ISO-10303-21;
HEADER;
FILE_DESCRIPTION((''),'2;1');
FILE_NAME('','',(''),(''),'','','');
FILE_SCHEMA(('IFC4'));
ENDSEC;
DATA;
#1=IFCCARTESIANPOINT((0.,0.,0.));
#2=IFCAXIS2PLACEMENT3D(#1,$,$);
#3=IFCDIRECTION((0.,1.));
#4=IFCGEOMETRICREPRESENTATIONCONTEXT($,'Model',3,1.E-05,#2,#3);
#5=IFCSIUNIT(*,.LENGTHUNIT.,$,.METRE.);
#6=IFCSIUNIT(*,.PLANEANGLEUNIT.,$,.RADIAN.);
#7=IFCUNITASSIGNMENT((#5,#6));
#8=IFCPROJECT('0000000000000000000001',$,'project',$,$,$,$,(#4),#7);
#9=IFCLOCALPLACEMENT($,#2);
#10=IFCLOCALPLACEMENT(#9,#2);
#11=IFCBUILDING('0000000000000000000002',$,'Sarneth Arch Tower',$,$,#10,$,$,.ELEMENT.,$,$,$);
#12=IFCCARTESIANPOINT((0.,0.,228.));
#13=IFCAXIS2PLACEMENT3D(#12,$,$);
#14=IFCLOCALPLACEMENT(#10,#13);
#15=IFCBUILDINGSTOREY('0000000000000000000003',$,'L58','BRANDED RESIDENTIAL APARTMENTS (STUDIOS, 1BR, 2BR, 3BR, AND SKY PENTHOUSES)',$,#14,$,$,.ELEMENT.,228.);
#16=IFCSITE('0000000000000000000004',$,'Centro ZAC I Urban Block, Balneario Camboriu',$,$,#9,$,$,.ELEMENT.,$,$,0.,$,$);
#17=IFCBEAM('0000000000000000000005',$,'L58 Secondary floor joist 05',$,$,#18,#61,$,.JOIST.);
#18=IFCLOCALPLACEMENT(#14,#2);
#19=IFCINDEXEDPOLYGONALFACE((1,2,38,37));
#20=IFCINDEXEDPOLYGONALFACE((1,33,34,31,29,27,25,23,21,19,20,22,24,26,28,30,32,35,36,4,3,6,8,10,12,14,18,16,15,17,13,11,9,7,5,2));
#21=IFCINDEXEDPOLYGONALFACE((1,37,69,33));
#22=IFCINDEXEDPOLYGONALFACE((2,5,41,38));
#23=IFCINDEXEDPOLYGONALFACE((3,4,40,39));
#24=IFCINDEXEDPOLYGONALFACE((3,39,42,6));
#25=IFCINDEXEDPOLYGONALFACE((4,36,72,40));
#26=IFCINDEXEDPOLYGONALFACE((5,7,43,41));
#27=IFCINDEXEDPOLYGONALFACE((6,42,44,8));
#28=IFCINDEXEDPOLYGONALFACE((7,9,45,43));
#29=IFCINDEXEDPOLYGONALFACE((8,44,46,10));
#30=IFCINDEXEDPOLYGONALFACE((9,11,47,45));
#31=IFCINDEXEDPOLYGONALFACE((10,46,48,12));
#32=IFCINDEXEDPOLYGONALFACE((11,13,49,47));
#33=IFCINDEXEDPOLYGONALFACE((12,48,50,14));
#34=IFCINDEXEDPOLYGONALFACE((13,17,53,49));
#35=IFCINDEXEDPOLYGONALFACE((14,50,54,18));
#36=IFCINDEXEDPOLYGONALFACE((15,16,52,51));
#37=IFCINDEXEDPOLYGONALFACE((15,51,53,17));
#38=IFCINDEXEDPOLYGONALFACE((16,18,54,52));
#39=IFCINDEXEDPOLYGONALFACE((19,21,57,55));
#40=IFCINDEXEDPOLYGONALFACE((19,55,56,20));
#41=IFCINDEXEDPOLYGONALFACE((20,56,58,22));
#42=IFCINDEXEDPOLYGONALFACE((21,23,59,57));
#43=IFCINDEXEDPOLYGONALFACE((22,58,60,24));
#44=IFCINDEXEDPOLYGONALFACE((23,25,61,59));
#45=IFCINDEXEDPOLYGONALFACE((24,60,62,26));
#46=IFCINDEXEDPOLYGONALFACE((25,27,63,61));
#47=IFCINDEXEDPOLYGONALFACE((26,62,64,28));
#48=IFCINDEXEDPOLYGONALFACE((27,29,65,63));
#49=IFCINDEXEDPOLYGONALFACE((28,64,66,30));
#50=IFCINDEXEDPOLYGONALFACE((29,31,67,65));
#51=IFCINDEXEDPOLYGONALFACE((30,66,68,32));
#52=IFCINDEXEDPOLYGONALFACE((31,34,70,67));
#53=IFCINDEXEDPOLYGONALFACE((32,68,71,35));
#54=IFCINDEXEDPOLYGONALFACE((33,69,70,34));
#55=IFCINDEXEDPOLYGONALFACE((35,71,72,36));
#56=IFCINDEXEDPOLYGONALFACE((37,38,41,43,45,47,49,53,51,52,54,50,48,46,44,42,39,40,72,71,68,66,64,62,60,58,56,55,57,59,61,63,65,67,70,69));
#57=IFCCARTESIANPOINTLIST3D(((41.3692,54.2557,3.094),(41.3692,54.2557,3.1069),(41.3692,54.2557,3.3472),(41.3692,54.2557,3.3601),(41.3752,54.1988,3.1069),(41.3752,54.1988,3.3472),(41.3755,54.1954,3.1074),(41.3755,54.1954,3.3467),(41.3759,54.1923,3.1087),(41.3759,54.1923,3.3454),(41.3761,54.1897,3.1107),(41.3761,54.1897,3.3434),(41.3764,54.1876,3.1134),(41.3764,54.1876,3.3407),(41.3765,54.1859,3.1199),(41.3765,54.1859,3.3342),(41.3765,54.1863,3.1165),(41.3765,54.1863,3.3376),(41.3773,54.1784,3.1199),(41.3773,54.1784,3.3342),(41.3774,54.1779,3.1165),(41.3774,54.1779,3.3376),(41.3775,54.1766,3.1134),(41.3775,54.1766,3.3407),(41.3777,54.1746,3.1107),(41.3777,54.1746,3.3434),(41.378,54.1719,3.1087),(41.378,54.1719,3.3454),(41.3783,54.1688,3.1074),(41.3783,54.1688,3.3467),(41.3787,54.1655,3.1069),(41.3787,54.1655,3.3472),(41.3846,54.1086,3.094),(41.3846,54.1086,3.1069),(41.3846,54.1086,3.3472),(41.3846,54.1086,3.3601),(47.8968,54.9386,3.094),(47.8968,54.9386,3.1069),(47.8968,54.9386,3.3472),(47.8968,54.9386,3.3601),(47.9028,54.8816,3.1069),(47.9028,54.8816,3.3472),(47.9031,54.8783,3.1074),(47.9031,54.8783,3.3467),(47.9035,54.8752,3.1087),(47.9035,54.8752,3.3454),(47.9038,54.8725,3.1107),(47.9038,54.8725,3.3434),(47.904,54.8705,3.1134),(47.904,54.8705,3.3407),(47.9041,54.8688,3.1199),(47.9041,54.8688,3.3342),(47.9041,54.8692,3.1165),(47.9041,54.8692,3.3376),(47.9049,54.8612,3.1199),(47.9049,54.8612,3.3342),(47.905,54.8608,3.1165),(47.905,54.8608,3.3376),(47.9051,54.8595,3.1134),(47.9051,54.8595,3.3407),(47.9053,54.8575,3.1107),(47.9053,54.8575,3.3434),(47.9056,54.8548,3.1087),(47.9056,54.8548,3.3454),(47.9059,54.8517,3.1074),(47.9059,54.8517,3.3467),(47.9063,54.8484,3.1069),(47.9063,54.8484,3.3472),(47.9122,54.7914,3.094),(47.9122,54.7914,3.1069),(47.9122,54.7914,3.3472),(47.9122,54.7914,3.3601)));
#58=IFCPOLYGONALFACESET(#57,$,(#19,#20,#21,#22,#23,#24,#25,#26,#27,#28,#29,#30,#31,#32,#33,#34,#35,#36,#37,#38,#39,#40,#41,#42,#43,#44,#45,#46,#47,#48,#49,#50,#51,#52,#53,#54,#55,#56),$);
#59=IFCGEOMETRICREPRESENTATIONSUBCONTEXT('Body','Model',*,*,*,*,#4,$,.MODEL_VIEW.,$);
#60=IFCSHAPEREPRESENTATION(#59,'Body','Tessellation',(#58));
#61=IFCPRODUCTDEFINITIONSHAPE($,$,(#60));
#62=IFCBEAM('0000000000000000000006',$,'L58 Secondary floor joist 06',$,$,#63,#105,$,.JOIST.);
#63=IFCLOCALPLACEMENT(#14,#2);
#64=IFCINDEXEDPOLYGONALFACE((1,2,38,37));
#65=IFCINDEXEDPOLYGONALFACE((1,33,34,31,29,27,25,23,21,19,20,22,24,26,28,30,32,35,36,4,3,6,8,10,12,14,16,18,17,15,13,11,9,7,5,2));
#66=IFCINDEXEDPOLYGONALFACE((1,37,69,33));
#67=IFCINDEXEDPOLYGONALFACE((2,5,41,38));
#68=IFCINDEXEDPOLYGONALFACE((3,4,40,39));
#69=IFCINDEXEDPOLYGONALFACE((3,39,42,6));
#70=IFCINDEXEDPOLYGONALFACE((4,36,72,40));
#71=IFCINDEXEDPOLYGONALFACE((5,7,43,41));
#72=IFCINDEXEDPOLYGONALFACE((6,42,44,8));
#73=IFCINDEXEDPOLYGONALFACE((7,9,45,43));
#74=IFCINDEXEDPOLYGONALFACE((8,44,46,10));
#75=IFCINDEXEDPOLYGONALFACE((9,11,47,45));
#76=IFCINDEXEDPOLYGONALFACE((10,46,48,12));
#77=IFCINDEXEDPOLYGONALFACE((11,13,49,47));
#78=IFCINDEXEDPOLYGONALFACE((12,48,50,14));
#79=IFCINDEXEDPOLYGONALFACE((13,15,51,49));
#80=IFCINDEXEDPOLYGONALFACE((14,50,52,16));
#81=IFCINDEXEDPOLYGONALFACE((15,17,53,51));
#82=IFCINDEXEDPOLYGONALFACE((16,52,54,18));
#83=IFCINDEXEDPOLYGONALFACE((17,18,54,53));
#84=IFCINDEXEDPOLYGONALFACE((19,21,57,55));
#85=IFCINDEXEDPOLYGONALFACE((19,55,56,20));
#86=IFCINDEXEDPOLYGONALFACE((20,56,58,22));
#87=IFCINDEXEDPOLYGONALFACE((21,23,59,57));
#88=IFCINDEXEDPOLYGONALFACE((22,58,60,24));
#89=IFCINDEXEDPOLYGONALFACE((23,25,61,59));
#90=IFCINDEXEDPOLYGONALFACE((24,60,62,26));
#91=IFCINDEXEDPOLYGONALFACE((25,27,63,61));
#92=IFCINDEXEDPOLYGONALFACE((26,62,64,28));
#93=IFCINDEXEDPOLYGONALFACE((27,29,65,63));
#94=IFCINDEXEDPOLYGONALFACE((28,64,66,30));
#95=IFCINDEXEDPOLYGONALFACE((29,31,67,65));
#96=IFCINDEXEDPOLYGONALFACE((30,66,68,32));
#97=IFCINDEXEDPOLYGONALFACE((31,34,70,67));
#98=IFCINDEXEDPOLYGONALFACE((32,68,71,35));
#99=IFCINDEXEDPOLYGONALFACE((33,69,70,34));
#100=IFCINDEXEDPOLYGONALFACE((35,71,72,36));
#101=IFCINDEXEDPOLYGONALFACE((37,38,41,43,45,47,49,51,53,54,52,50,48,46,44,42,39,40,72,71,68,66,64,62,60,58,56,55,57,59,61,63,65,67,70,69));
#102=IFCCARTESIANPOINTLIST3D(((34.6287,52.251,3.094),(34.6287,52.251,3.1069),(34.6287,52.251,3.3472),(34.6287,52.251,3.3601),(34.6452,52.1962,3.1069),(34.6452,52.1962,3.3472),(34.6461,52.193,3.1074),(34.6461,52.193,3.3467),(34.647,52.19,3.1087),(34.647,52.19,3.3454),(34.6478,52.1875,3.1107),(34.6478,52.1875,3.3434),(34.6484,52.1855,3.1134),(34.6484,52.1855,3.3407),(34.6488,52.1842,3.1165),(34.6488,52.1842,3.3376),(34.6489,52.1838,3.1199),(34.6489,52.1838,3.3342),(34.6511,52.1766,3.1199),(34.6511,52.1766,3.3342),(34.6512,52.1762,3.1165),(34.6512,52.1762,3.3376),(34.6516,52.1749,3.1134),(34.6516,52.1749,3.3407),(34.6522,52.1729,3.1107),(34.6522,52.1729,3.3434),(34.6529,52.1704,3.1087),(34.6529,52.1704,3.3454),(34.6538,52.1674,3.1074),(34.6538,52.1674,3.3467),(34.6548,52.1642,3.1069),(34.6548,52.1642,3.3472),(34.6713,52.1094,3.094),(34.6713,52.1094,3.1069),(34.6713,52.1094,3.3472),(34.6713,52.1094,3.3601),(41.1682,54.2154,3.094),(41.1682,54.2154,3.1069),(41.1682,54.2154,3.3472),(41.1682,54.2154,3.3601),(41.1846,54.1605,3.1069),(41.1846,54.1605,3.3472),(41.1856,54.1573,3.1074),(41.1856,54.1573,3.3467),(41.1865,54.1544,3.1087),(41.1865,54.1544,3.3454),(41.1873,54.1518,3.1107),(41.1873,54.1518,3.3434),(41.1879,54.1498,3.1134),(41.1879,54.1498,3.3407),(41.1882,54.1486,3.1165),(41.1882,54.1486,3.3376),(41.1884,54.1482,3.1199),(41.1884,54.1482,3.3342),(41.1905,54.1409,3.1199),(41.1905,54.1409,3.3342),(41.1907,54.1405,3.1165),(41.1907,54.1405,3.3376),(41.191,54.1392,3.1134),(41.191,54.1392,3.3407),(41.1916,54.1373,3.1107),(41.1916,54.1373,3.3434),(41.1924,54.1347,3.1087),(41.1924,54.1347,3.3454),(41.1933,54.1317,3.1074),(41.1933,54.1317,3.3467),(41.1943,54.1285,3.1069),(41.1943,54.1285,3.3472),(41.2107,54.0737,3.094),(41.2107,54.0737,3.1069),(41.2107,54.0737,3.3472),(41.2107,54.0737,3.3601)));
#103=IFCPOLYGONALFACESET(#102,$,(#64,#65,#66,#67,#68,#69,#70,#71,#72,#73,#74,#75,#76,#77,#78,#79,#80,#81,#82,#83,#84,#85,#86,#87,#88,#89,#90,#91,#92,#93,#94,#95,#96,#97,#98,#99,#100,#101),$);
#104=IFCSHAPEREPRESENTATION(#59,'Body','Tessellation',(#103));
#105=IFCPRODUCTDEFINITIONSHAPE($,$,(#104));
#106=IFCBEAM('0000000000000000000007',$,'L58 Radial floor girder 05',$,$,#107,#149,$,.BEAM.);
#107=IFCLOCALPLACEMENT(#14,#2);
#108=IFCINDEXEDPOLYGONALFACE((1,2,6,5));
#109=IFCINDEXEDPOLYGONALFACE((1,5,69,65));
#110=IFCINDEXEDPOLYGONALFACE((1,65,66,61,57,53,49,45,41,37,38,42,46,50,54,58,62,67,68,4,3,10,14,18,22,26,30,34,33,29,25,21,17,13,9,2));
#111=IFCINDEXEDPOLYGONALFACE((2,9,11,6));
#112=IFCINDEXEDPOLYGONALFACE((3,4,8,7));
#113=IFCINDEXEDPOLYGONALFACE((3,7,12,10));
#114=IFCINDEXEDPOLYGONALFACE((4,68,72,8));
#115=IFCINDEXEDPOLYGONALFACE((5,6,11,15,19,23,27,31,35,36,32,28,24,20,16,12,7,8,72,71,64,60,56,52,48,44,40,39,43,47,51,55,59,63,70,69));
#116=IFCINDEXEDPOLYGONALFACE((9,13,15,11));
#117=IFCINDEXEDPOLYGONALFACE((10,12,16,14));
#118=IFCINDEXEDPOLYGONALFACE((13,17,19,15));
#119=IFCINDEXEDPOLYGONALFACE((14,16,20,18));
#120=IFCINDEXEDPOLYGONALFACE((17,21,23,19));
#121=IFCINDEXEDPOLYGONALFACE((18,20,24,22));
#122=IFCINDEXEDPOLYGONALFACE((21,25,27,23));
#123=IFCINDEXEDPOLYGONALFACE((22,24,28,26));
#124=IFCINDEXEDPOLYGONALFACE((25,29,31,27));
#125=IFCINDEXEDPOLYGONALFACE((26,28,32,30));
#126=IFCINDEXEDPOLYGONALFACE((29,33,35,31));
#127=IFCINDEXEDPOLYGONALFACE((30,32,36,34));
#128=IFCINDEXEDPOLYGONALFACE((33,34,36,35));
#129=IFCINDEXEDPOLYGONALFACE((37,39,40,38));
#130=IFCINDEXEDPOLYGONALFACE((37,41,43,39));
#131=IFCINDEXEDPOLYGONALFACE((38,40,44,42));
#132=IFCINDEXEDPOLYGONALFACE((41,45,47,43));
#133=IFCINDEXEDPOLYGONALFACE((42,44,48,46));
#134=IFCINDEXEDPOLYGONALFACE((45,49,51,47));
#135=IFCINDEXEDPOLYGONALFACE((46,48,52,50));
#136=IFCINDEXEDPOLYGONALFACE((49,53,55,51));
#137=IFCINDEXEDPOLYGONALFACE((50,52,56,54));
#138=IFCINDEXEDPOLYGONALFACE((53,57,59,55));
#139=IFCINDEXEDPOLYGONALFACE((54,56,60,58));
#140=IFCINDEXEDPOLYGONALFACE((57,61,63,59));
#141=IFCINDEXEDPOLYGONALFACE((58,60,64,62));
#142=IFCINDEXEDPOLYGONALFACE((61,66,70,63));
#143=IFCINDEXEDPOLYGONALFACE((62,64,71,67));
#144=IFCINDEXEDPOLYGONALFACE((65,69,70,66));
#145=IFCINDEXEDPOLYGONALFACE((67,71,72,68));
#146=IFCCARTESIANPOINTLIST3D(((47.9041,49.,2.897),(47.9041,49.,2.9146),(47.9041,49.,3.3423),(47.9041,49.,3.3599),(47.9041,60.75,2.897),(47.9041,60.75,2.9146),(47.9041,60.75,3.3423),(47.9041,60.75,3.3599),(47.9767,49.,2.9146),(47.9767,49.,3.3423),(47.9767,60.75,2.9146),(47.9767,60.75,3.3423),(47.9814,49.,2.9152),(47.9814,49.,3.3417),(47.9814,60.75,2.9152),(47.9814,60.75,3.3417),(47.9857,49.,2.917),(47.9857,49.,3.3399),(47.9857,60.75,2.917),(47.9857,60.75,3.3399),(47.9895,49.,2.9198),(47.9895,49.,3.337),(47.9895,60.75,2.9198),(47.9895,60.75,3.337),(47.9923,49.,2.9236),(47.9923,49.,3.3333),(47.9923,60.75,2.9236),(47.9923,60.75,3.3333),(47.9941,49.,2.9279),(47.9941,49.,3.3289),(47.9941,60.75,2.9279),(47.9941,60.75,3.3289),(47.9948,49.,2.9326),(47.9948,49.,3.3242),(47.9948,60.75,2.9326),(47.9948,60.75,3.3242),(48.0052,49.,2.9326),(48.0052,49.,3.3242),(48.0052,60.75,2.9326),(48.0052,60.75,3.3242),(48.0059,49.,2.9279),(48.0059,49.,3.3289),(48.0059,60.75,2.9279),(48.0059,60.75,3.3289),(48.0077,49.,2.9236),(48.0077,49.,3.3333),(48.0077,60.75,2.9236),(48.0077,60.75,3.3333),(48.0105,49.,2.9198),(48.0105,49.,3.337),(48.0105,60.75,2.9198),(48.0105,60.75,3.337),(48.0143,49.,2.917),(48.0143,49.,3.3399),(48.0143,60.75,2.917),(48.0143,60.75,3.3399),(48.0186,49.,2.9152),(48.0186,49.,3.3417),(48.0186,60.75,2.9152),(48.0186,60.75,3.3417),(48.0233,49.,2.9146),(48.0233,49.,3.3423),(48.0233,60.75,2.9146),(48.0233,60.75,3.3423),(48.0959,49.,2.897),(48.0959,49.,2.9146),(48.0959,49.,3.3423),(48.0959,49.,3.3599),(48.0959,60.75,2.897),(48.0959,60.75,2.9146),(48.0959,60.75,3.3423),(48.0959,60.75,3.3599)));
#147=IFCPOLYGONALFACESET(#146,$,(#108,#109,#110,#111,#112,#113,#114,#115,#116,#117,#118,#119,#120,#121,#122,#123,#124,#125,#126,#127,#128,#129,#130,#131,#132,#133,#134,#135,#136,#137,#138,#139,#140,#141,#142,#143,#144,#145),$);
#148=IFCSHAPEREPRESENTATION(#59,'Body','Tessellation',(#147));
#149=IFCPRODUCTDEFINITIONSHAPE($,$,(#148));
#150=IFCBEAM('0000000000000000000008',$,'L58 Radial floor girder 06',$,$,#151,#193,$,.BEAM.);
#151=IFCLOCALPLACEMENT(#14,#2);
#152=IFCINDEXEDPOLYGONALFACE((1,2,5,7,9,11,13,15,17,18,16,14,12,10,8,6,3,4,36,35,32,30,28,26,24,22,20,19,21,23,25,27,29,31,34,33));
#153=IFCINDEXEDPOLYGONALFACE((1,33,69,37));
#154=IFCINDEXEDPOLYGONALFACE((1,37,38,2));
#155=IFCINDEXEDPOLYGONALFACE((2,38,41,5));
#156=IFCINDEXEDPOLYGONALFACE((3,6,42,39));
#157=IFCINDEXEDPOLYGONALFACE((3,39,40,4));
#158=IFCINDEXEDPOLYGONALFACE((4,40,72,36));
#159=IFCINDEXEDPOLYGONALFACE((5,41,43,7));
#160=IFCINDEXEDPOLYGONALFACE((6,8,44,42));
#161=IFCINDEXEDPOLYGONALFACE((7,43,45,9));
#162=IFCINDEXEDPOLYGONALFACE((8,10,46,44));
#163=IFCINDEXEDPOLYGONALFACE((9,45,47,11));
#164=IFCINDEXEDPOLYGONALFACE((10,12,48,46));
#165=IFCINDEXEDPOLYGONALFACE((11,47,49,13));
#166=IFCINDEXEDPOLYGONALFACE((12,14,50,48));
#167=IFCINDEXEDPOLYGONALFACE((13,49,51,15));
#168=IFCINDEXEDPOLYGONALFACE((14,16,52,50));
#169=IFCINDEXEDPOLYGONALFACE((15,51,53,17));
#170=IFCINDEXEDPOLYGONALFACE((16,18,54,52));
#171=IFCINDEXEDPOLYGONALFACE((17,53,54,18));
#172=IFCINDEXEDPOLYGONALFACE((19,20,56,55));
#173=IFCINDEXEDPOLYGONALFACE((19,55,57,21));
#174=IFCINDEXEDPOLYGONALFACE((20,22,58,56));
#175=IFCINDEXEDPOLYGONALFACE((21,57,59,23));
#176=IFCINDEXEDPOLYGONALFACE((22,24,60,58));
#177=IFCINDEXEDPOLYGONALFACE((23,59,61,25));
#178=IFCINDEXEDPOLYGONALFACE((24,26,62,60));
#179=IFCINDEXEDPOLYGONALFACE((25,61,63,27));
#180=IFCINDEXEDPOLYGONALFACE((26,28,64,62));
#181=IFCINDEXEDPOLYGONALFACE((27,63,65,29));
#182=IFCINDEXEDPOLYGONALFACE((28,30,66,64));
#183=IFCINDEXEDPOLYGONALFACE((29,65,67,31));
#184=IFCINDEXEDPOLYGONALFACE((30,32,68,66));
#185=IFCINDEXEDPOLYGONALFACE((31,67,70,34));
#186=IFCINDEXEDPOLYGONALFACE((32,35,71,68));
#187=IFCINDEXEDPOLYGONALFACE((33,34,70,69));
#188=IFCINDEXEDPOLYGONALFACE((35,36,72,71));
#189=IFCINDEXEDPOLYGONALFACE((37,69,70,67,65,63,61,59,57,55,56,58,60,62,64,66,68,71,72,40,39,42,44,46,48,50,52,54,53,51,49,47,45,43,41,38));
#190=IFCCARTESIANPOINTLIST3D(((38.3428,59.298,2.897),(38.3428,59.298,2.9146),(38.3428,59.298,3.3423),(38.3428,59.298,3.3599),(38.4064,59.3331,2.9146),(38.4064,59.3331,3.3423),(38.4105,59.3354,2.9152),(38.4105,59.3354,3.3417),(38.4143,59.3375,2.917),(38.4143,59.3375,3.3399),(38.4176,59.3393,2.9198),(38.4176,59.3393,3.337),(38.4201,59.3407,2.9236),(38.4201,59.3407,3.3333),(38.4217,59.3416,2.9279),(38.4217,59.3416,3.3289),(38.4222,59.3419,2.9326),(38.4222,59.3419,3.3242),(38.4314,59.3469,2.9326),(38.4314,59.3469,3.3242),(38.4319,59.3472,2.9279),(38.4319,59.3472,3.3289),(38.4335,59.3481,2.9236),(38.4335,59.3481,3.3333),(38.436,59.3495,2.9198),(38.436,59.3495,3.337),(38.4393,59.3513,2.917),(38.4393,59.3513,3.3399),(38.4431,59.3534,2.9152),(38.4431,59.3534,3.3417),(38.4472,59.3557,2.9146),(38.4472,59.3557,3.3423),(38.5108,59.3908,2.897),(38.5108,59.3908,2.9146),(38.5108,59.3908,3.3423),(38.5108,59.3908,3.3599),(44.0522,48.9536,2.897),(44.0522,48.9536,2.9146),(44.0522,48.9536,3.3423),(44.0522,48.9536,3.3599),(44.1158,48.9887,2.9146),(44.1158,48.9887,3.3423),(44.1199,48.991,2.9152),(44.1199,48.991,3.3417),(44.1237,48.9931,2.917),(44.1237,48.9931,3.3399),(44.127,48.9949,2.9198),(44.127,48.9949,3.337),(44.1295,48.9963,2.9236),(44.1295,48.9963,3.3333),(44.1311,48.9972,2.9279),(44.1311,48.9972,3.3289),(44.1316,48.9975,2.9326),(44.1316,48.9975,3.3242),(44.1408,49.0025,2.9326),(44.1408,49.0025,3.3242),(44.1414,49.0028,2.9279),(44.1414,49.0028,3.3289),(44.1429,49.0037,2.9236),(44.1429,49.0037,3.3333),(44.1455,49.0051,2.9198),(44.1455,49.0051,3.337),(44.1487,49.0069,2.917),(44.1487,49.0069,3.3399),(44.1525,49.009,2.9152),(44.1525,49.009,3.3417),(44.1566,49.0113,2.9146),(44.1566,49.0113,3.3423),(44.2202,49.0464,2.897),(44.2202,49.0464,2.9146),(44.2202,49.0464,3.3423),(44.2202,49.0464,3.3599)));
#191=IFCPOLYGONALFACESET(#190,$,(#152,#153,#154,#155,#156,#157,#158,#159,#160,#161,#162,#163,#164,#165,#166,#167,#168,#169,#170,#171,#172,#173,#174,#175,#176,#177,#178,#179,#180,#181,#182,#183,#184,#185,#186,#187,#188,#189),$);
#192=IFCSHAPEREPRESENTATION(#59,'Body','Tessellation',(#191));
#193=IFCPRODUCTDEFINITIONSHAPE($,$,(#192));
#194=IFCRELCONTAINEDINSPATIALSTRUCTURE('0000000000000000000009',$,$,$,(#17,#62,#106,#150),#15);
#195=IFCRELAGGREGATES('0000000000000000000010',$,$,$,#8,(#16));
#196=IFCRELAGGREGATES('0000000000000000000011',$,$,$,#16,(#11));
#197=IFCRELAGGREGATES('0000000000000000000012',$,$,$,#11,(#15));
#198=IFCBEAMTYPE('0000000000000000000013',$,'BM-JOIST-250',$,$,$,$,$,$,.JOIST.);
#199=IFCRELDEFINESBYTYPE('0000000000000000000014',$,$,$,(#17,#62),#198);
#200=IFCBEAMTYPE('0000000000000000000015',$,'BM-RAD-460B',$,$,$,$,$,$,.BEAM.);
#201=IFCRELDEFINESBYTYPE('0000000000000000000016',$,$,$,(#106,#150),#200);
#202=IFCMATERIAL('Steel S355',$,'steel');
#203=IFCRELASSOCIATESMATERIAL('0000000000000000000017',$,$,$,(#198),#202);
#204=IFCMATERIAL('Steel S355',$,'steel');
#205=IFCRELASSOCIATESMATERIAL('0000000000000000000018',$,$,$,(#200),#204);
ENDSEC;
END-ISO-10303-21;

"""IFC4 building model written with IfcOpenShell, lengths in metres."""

from ifc_helpers import new_model, si_unit, direction, frame, origin, origin_2d, place, context, subcontext, project, spatial, i_section, extrude, material, material_profile, profile_set, type_object, element, save


model = new_model("IFC4")

# Units and contexts
model_context = context("Model", 3, precision=1e-05, world=origin(), true_north=direction((0.0, 1.0)))
body_context = subcontext(model_context, "Body", "Model", "MODEL_VIEW")
ifc_project = project(units=[si_unit("LENGTHUNIT", "METRE"), si_unit("PLANEANGLEUNIT", "RADIAN")], contexts=[model_context])

# Site, building, storey
site_placement = place(None, origin())
site = spatial("IfcSite", under=ifc_project, at=site_placement, Name="Centro ZAC I Urban Block, Balneario Camboriu", CompositionType="ELEMENT", RefElevation=0.0)
building_placement = place(site_placement, origin())
building = spatial("IfcBuilding", under=site, at=building_placement, Name="Sarneth Arch Tower", CompositionType="ELEMENT")
storey_placement = place(building_placement, frame((0.0, 0.0, 228.0)))
storey = spatial("IfcBuildingStorey", under=building, at=storey_placement, Name="L58", Description="BRANDED RESIDENTIAL APARTMENTS (STUDIOS, 1BR, 2BR, 3BR, AND SKY PENTHOUSES)", CompositionType="ELEMENT", Elevation=228.0)

# Beams
ifc_material_1 = material(Name="Steel S355", Category="steel")
ifc_material_profile_1 = material_profile(ifc_material_1, i_section(OverallWidth=0.1479, OverallDepth=0.2661, WebThickness=0.0076, FlangeThickness=0.0129, FilletRadius=0.0129, at=origin_2d()), Name="W250x44.8")
ifc_profile_set_1 = profile_set([ifc_material_profile_1], Name="Steel S355")
beam_type_1 = type_object("IfcBeamType", Name="BM-JOIST-250", PredefinedType="JOIST", material=ifc_profile_set_1)
beam_1_placement = place(storey_placement, frame((47.9045, 54.865, 3.2271), z_axis=(-0.994573, -0.104044, 0.0), x_axis=(0.104044, -0.994573, 0.0)))
element("IfcBeam", 1, at=beam_1_placement, inside=storey, type_object=beam_type_1, Name="L58 Secondary floor joist 05", PredefinedType="JOIST", context=body_context, shape_type="SweptSolid", body=[
    extrude(i_section(OverallWidth=0.1479, OverallDepth=0.2661, WebThickness=0.0076, FlangeThickness=0.0129, FilletRadius=0.0129, at=origin_2d()), origin(), (0.0, 0.0, 1.0), 6.5632),
])
beam_2_placement = place(storey_placement, frame((41.1895, 54.1445, 3.2271), z_axis=(-0.957726, -0.287682, 0.0), x_axis=(0.287682, -0.957726, 0.0)))
element("IfcBeam", 2, at=beam_2_placement, inside=storey, type_object=beam_type_1, Name="L58 Secondary floor joist 06", PredefinedType="JOIST", context=body_context, shape_type="SweptSolid", body=[
    extrude(i_section(OverallWidth=0.1479, OverallDepth=0.2661, WebThickness=0.0076, FlangeThickness=0.0129, FilletRadius=0.0129, at=origin_2d()), origin(), (0.0, 0.0, 1.0), 6.8281),
])
ifc_material_2 = material(Name="Steel S355", Category="steel")
ifc_material_profile_2 = material_profile(ifc_material_2, i_section(OverallWidth=0.1919, OverallDepth=0.4629, WebThickness=0.0105, FlangeThickness=0.0176, FilletRadius=0.0181, at=origin_2d()), Name="W460x89")
ifc_profile_set_2 = profile_set([ifc_material_profile_2], Name="Steel S355")
beam_type_2 = type_object("IfcBeamType", Name="BM-RAD-460B", PredefinedType="BEAM", material=ifc_profile_set_2)
beam_3_placement = place(storey_placement, frame((48.0, 49.0, 3.1284), z_axis=(0.0, 1.0, 0.0), x_axis=(-1.0, 0.0, 0.0)))
element("IfcBeam", 3, at=beam_3_placement, inside=storey, type_object=beam_type_2, Name="L58 Radial floor girder 05", PredefinedType="BEAM", context=body_context, shape_type="SweptSolid", body=[
    extrude(i_section(OverallWidth=0.1919, OverallDepth=0.4629, WebThickness=0.0105, FlangeThickness=0.0176, FilletRadius=0.0181, at=origin_2d()), origin(), (0.0, 0.0, 1.0), 11.75),
])
beam_4_placement = place(storey_placement, frame((44.1362, 49.0, 3.1284), z_axis=(-0.483218, 0.8755, 0.0), x_axis=(-0.8755, -0.483218, 0.0)))
element("IfcBeam", 4, at=beam_4_placement, inside=storey, type_object=beam_type_2, Name="L58 Radial floor girder 06", PredefinedType="BEAM", context=body_context, shape_type="SweptSolid", body=[
    extrude(i_section(OverallWidth=0.1919, OverallDepth=0.4629, WebThickness=0.0105, FlangeThickness=0.0176, FilletRadius=0.0181, at=origin_2d()), origin(), (0.0, 0.0, 1.0), 11.8154),
])

save(model, "model.ifc")
